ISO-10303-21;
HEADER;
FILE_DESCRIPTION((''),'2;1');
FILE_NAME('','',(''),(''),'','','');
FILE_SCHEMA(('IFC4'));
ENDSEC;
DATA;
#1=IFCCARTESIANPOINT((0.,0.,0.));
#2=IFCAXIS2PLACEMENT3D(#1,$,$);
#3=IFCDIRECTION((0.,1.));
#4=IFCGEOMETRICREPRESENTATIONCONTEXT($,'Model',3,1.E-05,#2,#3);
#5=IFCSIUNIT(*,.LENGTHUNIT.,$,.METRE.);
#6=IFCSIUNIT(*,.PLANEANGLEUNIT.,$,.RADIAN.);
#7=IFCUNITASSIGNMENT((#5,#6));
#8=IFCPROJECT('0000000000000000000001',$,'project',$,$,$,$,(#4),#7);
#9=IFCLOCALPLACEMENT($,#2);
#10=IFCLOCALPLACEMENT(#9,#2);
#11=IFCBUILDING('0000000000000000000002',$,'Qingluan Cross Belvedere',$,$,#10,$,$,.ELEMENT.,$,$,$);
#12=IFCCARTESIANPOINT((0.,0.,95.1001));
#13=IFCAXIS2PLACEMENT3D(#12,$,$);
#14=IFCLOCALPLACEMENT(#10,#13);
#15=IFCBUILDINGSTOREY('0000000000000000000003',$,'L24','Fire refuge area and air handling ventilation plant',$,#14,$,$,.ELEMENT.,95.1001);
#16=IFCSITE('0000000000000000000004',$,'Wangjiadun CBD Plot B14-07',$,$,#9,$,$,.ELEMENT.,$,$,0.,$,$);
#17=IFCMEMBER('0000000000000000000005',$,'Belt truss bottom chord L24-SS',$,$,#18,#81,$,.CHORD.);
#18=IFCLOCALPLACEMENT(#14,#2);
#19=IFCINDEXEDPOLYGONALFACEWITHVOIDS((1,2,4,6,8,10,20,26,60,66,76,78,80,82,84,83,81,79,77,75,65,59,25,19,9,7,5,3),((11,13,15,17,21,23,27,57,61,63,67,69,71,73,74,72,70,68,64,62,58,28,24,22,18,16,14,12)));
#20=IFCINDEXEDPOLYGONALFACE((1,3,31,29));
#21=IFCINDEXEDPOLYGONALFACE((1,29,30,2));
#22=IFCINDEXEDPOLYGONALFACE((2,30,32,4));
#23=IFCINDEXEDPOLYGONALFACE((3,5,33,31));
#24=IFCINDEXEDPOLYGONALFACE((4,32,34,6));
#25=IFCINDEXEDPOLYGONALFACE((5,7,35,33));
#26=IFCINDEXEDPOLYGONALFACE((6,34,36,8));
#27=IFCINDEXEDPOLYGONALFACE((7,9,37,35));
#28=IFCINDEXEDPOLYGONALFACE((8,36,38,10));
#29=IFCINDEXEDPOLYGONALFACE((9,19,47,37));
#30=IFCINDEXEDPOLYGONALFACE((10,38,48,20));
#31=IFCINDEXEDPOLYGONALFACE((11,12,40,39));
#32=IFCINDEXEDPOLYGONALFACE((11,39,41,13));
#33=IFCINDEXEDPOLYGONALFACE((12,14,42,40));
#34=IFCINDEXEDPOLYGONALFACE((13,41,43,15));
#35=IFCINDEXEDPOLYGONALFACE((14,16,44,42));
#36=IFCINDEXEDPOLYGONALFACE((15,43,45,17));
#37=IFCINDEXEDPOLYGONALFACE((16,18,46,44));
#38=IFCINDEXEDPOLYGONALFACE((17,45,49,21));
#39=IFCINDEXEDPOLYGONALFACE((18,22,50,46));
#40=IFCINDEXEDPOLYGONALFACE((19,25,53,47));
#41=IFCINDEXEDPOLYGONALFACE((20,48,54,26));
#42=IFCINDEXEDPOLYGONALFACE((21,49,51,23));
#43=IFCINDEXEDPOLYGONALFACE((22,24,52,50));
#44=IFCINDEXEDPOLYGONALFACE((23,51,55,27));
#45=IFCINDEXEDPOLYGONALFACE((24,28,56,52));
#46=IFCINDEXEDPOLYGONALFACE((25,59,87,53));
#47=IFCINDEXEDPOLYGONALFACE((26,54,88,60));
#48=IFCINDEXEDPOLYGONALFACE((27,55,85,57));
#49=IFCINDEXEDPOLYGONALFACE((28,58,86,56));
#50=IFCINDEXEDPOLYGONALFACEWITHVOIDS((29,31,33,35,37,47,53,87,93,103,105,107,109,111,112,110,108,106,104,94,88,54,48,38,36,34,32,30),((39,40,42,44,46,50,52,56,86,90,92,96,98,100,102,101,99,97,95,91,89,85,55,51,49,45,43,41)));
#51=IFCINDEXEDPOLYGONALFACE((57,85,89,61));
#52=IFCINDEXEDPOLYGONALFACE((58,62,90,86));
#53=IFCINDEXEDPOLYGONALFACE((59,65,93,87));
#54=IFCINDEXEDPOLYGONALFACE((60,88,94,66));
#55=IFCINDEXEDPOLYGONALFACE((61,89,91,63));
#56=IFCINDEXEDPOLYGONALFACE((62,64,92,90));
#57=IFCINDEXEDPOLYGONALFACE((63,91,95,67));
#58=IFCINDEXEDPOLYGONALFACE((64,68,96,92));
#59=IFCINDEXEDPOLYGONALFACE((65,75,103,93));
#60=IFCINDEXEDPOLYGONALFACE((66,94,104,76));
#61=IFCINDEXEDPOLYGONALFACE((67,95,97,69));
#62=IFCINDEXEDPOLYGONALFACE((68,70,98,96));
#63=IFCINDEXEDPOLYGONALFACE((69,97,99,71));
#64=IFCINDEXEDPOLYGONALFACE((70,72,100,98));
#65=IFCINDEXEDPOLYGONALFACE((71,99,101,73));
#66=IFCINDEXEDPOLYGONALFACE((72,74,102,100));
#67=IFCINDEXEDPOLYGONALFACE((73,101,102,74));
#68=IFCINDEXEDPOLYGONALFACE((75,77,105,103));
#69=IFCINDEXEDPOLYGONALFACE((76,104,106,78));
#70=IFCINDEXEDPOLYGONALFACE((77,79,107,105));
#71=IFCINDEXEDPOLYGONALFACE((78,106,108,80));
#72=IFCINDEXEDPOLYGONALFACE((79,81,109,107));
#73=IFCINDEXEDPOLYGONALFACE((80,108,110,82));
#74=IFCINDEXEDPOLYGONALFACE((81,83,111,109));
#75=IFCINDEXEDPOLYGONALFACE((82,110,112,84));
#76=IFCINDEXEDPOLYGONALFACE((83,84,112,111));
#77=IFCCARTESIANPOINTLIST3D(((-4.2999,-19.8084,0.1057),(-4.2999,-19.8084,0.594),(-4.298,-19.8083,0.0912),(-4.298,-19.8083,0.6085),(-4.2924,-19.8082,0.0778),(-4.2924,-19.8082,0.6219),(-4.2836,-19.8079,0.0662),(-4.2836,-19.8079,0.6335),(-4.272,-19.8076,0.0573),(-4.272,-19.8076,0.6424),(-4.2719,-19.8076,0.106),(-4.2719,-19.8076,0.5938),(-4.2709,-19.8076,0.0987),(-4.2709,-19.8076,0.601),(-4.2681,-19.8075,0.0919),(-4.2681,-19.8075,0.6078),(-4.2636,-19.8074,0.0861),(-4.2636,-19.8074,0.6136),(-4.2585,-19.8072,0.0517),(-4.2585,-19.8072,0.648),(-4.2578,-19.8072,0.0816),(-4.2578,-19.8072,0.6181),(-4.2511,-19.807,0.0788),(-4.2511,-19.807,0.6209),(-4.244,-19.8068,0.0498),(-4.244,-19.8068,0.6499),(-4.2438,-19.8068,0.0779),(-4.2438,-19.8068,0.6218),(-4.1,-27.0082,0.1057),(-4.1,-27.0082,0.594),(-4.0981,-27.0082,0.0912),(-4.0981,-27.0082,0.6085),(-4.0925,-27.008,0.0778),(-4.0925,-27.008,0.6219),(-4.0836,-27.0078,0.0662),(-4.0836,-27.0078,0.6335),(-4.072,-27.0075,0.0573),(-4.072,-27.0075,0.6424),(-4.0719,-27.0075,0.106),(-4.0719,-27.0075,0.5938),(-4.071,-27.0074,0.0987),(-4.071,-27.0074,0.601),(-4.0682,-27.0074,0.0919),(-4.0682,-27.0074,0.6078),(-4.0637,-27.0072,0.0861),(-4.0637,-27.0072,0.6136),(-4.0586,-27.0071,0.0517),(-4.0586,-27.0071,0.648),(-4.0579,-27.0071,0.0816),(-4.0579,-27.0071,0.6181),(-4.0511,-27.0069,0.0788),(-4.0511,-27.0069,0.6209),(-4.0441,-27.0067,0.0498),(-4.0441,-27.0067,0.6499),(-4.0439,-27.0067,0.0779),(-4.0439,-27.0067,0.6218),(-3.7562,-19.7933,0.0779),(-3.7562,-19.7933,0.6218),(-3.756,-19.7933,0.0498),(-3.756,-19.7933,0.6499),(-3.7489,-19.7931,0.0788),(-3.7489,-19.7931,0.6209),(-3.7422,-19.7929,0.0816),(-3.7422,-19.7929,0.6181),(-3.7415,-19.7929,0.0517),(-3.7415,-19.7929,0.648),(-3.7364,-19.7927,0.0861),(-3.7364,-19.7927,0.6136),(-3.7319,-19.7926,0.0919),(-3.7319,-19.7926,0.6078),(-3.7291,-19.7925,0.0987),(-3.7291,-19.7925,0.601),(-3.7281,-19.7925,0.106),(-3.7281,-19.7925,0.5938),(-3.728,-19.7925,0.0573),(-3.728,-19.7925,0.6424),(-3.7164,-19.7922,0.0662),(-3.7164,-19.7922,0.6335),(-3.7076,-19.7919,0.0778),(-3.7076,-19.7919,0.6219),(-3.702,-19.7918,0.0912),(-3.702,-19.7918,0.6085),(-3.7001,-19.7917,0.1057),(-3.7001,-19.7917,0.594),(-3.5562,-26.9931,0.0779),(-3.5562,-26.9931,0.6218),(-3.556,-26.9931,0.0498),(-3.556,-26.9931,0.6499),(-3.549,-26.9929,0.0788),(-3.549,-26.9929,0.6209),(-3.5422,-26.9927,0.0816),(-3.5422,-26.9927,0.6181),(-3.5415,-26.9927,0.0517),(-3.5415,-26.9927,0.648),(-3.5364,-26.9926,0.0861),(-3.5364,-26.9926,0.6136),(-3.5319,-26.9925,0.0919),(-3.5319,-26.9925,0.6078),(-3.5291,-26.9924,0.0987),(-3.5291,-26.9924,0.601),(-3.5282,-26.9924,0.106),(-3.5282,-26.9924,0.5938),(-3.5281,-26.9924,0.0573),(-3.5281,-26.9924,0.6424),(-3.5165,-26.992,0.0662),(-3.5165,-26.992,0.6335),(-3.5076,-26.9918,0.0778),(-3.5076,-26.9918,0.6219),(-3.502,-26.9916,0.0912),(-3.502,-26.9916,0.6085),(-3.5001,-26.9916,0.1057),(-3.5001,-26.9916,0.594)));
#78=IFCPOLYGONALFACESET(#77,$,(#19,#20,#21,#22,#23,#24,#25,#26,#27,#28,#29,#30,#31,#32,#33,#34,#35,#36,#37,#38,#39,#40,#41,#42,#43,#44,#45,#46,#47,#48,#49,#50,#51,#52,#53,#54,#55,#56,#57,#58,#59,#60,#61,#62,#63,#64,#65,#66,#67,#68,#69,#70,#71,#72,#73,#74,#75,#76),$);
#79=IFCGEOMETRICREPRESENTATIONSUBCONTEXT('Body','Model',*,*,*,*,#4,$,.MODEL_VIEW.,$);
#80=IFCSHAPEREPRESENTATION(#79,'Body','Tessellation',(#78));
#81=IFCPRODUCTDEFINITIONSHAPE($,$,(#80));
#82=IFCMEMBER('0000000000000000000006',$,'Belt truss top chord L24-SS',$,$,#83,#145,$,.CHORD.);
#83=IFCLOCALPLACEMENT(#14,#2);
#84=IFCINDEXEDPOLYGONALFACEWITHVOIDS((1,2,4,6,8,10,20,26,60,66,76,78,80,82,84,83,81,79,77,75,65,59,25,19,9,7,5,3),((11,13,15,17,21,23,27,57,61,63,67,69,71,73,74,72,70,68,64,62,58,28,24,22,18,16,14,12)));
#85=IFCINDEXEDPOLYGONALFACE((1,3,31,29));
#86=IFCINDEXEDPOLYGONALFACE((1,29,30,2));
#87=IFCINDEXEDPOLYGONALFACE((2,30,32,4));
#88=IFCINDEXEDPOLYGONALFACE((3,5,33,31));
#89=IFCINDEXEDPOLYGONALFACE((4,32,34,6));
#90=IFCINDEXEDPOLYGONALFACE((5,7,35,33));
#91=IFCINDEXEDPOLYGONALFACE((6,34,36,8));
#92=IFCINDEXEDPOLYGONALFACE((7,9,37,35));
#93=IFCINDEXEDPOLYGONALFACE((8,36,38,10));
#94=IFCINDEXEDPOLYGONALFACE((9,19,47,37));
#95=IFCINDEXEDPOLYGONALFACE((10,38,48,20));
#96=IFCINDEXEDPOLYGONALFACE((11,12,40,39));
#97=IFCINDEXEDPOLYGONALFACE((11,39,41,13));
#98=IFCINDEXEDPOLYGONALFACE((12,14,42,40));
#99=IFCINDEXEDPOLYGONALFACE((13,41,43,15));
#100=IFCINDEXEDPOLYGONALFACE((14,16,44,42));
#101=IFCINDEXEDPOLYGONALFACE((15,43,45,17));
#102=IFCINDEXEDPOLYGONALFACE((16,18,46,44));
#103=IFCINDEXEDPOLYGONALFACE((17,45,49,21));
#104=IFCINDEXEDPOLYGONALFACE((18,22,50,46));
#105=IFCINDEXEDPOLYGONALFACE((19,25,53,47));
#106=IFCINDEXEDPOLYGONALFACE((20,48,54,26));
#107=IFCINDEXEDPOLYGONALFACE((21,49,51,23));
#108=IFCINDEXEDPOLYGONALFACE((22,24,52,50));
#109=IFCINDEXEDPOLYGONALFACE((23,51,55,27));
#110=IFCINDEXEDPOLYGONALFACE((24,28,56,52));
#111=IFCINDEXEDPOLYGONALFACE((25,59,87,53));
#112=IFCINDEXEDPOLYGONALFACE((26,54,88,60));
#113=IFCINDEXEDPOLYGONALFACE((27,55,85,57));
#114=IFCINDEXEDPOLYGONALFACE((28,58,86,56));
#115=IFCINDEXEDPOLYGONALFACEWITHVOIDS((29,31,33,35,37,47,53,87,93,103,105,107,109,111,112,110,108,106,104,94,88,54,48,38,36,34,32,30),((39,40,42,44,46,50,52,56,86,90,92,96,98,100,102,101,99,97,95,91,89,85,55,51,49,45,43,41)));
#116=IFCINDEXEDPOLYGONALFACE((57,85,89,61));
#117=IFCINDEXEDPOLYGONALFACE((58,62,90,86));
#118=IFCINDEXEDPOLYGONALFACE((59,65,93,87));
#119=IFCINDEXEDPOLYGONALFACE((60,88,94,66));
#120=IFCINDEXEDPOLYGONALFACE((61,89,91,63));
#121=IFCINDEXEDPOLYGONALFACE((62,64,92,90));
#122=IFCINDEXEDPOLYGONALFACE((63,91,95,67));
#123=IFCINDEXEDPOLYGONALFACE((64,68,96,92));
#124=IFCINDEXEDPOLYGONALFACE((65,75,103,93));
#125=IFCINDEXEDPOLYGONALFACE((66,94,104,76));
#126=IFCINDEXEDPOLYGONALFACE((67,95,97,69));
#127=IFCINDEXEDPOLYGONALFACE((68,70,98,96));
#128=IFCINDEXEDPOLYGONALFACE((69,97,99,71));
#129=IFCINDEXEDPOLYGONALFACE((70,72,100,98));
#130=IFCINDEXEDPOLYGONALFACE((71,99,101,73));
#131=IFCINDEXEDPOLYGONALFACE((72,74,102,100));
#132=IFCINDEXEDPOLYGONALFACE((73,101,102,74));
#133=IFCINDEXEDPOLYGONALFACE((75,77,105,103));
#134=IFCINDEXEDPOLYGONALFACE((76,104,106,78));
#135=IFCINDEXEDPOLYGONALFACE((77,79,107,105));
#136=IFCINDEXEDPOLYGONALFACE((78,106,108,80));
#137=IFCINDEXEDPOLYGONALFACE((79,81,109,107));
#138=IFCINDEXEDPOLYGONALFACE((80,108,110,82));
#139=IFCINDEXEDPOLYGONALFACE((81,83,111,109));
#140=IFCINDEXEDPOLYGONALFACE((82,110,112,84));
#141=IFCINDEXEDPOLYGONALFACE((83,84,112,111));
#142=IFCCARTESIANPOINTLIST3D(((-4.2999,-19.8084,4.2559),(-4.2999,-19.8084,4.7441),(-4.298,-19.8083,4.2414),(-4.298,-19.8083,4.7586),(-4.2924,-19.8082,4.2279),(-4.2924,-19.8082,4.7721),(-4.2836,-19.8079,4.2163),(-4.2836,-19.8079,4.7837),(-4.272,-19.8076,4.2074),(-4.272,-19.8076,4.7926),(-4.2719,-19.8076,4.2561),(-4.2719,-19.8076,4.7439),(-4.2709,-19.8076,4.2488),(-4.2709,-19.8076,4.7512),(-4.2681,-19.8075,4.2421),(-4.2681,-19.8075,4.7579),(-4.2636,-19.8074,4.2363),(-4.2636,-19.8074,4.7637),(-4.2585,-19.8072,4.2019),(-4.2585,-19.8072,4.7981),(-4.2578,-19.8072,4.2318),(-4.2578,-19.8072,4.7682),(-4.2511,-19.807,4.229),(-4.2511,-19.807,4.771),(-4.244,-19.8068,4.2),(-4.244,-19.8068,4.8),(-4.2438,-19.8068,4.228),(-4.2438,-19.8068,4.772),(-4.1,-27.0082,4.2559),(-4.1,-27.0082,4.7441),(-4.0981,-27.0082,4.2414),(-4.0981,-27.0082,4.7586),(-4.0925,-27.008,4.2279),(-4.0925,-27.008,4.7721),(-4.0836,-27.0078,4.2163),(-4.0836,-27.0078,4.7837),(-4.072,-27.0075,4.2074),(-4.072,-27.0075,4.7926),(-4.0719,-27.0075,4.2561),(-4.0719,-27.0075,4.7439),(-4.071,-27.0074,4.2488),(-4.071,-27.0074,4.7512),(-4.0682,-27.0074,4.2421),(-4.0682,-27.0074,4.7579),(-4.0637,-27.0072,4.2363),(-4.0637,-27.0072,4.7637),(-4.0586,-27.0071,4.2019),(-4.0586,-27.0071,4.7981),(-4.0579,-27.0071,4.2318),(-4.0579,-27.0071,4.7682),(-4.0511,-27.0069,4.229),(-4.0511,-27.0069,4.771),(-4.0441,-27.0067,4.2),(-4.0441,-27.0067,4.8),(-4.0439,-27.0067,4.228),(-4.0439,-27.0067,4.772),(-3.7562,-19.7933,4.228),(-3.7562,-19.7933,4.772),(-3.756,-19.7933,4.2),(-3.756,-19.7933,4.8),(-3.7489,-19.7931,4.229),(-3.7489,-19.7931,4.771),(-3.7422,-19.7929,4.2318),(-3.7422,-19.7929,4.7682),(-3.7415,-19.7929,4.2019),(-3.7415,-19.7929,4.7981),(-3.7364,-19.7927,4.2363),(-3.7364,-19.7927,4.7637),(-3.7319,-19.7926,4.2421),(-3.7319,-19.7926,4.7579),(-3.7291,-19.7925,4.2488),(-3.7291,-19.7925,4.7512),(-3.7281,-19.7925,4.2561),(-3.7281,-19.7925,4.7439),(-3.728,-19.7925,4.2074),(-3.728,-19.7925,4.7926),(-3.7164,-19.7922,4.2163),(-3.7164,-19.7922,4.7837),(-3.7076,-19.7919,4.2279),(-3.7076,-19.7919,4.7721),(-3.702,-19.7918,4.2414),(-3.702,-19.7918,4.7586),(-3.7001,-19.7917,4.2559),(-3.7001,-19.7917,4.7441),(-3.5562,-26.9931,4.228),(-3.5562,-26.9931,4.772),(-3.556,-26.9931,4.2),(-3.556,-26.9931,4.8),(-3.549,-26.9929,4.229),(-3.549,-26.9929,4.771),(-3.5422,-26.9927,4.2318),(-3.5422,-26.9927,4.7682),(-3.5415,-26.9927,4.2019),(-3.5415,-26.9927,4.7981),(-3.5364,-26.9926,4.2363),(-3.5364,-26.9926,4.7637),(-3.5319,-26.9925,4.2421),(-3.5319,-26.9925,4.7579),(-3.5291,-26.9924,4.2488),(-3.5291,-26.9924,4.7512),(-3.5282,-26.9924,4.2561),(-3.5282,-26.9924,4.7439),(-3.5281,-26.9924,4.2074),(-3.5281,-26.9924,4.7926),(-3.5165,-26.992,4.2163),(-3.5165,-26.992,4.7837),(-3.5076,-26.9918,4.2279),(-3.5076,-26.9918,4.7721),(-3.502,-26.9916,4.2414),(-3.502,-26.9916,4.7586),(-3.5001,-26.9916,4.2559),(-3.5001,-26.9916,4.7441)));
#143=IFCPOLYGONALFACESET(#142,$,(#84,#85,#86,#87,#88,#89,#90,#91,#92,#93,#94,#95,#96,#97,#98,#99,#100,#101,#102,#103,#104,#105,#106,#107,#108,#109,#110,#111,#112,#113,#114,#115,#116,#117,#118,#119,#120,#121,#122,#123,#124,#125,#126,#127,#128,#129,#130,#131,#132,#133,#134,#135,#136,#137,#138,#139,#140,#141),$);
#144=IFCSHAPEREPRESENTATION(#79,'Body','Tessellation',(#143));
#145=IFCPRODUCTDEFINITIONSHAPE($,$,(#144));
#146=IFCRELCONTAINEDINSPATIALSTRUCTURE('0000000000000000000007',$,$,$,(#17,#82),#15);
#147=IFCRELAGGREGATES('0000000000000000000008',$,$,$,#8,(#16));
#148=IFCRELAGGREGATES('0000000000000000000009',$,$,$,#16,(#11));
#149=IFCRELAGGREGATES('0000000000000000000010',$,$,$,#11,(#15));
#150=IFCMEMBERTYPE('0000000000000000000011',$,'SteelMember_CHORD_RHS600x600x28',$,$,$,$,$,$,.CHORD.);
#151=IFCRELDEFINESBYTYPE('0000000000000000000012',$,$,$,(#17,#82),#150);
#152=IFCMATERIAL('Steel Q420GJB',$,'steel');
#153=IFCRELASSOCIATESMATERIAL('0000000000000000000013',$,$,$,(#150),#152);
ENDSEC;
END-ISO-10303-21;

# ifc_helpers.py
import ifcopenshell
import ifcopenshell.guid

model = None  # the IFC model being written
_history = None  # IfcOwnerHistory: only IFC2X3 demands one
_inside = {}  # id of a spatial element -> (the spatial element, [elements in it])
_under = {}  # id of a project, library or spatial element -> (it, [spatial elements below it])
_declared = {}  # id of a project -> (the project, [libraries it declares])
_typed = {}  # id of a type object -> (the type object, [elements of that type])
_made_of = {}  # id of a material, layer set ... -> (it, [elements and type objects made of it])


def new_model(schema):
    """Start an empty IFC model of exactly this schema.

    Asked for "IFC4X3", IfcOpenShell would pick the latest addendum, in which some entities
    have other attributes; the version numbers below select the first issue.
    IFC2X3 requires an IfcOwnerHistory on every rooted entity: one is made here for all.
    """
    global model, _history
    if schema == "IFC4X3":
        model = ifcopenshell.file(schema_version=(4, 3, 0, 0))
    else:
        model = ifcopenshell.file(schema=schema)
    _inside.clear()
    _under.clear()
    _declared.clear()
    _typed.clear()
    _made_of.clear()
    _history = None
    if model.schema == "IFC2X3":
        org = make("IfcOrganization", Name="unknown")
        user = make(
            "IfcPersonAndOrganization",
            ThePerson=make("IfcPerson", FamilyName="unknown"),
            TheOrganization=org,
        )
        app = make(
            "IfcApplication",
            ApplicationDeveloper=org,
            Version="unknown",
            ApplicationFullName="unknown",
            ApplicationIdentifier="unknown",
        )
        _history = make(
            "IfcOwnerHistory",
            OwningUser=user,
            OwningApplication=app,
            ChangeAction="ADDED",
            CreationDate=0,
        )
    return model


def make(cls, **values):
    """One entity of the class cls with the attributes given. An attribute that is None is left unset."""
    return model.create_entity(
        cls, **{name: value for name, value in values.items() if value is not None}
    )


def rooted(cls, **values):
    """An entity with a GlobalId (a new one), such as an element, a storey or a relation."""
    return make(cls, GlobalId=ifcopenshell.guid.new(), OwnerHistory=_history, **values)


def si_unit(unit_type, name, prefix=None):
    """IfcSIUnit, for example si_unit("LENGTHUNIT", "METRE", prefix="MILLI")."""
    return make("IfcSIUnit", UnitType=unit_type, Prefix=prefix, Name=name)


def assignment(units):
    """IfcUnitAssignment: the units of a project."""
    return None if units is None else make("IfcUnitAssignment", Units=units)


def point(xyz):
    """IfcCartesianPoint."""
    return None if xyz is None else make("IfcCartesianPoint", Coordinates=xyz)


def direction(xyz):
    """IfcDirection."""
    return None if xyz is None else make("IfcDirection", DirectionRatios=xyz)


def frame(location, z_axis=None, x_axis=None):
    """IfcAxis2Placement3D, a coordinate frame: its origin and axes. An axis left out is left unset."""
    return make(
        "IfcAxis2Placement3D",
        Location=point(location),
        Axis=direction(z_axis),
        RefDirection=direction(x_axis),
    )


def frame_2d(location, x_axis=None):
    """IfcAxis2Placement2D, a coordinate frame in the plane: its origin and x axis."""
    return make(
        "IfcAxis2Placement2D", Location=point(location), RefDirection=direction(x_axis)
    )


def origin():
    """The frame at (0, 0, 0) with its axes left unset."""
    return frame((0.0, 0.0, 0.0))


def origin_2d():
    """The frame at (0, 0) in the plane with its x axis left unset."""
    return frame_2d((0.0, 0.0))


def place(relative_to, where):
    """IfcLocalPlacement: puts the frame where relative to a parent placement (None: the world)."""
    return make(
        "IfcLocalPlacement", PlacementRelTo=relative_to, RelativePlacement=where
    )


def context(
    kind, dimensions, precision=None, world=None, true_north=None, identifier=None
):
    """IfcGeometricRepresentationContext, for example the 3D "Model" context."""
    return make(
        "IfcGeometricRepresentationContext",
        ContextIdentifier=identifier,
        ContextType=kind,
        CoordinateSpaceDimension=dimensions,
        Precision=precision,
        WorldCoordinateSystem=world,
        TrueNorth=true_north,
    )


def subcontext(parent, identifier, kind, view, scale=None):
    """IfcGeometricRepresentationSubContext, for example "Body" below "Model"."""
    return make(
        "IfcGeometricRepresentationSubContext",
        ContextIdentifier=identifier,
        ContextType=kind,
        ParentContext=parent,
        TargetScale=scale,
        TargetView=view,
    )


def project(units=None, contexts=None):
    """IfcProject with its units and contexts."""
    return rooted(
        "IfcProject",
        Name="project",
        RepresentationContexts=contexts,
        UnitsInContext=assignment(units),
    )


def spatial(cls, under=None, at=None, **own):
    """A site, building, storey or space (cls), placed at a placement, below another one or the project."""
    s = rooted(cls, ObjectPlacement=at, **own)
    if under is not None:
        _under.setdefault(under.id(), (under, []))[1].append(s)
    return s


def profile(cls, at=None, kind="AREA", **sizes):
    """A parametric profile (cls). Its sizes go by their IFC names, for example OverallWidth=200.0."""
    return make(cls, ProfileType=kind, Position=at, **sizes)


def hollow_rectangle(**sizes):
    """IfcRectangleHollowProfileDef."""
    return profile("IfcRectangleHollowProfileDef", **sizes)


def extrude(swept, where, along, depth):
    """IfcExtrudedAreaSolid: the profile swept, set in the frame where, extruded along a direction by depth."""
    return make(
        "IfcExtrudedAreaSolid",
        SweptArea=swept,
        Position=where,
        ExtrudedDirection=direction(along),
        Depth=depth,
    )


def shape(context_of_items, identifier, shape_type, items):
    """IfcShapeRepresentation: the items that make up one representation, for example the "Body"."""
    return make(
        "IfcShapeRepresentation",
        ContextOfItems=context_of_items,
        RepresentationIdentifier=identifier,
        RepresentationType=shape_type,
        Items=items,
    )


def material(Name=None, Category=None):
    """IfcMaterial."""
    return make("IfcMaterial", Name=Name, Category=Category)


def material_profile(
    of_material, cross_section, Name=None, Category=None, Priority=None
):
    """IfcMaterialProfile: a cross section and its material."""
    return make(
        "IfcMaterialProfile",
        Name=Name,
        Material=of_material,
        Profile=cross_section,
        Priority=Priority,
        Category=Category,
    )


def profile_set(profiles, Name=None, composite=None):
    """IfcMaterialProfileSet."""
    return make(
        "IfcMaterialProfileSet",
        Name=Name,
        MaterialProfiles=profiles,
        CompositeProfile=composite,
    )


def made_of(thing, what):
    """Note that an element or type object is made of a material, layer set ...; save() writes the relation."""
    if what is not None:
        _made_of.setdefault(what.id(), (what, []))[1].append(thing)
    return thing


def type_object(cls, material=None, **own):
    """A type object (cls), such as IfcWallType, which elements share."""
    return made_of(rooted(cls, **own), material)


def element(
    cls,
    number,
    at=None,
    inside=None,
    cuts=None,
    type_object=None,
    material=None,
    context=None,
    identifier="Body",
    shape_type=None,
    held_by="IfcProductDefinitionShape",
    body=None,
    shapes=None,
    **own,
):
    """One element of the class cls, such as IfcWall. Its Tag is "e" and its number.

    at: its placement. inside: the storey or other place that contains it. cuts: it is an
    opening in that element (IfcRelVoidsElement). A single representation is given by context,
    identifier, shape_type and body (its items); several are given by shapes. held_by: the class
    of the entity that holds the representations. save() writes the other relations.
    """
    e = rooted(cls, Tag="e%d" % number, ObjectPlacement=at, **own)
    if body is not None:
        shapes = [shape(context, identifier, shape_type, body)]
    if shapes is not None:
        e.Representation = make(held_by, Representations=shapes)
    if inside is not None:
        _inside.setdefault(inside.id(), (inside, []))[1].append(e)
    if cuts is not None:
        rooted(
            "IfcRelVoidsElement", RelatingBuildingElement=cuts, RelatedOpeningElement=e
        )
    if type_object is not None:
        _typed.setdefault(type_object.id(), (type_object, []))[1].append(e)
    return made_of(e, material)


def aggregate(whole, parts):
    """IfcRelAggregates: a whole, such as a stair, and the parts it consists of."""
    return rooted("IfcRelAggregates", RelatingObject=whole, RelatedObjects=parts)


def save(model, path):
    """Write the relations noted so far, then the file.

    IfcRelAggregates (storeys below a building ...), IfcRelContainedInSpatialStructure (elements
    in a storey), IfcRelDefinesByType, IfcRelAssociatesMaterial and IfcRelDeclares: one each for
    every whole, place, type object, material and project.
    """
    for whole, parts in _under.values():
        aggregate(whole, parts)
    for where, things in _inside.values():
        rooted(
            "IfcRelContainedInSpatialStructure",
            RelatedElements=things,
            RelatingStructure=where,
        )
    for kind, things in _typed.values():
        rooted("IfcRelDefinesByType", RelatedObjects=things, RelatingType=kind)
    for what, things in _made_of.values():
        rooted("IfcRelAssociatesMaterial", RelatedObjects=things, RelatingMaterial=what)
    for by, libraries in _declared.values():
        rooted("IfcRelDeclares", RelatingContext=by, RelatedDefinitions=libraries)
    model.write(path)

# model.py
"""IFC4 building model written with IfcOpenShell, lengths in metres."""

from ifc_helpers import new_model, si_unit, direction, frame, origin, origin_2d, place, context, subcontext, project, spatial, hollow_rectangle, extrude, material, material_profile, profile_set, type_object, element, save


model = new_model("IFC4")

# Units and contexts
model_context = context("Model", 3, precision=1e-05, world=origin(), true_north=direction((0.0, 1.0)))
body_context = subcontext(model_context, "Body", "Model", "MODEL_VIEW")
ifc_project = project(units=[si_unit("LENGTHUNIT", "METRE"), si_unit("PLANEANGLEUNIT", "RADIAN")], contexts=[model_context])

# Site, building, storey
site_placement = place(None, origin())
site = spatial("IfcSite", under=ifc_project, at=site_placement, Name="Wangjiadun CBD Plot B14-07", CompositionType="ELEMENT", RefElevation=0.0)
building_placement = place(site_placement, origin())
building = spatial("IfcBuilding", under=site, at=building_placement, Name="Qingluan Cross Belvedere", CompositionType="ELEMENT")
storey_placement = place(building_placement, frame((0.0, 0.0, 95.1001)))
storey = spatial("IfcBuildingStorey", under=building, at=storey_placement, Name="L24", Description="Fire refuge area and air handling ventilation plant", CompositionType="ELEMENT", Elevation=95.1001)

# Members
ifc_material_1 = material(Name="Steel Q420GJB", Category="steel")
ifc_material_profile_1 = material_profile(ifc_material_1, hollow_rectangle(XDim=0.6001, YDim=0.6001, WallThickness=0.0281, InnerFilletRadius=0.0281, OuterFilletRadius=0.0559, at=origin_2d()), Name="RHS600x600x28")
ifc_profile_set_1 = profile_set([ifc_material_profile_1], Name="Steel Q420GJB")
member_type_1 = type_object("IfcMemberType", Name="SteelMember_CHORD_RHS600x600x28", PredefinedType="CHORD", material=ifc_profile_set_1)
for number, where, z_axis, x_axis, name in (
    (1, (-4.0, -19.8, 0.3499), (0.02776, -0.999615, 0.0), (0.999615, 0.02776, 0.0), "Belt truss bottom chord L24-SS"),
    (2, (-4.0, -19.8, 4.5), (0.02776, -0.999615, 0.0), (0.999615, 0.02776, 0.0), "Belt truss top chord L24-SS"),
):
    element("IfcMember", number, at=place(storey_placement, frame(where, z_axis=z_axis, x_axis=x_axis)), inside=storey, type_object=member_type_1, Name=name, PredefinedType="CHORD", context=body_context, shape_type="SweptSolid", body=[
        extrude(hollow_rectangle(XDim=0.6001, YDim=0.6001, WallThickness=0.0281, InnerFilletRadius=0.0281, OuterFilletRadius=0.0559, at=origin_2d()), origin(), (0.0, 0.0, 1.0), 7.2026),
    ])

save(model, "model.ifc")
